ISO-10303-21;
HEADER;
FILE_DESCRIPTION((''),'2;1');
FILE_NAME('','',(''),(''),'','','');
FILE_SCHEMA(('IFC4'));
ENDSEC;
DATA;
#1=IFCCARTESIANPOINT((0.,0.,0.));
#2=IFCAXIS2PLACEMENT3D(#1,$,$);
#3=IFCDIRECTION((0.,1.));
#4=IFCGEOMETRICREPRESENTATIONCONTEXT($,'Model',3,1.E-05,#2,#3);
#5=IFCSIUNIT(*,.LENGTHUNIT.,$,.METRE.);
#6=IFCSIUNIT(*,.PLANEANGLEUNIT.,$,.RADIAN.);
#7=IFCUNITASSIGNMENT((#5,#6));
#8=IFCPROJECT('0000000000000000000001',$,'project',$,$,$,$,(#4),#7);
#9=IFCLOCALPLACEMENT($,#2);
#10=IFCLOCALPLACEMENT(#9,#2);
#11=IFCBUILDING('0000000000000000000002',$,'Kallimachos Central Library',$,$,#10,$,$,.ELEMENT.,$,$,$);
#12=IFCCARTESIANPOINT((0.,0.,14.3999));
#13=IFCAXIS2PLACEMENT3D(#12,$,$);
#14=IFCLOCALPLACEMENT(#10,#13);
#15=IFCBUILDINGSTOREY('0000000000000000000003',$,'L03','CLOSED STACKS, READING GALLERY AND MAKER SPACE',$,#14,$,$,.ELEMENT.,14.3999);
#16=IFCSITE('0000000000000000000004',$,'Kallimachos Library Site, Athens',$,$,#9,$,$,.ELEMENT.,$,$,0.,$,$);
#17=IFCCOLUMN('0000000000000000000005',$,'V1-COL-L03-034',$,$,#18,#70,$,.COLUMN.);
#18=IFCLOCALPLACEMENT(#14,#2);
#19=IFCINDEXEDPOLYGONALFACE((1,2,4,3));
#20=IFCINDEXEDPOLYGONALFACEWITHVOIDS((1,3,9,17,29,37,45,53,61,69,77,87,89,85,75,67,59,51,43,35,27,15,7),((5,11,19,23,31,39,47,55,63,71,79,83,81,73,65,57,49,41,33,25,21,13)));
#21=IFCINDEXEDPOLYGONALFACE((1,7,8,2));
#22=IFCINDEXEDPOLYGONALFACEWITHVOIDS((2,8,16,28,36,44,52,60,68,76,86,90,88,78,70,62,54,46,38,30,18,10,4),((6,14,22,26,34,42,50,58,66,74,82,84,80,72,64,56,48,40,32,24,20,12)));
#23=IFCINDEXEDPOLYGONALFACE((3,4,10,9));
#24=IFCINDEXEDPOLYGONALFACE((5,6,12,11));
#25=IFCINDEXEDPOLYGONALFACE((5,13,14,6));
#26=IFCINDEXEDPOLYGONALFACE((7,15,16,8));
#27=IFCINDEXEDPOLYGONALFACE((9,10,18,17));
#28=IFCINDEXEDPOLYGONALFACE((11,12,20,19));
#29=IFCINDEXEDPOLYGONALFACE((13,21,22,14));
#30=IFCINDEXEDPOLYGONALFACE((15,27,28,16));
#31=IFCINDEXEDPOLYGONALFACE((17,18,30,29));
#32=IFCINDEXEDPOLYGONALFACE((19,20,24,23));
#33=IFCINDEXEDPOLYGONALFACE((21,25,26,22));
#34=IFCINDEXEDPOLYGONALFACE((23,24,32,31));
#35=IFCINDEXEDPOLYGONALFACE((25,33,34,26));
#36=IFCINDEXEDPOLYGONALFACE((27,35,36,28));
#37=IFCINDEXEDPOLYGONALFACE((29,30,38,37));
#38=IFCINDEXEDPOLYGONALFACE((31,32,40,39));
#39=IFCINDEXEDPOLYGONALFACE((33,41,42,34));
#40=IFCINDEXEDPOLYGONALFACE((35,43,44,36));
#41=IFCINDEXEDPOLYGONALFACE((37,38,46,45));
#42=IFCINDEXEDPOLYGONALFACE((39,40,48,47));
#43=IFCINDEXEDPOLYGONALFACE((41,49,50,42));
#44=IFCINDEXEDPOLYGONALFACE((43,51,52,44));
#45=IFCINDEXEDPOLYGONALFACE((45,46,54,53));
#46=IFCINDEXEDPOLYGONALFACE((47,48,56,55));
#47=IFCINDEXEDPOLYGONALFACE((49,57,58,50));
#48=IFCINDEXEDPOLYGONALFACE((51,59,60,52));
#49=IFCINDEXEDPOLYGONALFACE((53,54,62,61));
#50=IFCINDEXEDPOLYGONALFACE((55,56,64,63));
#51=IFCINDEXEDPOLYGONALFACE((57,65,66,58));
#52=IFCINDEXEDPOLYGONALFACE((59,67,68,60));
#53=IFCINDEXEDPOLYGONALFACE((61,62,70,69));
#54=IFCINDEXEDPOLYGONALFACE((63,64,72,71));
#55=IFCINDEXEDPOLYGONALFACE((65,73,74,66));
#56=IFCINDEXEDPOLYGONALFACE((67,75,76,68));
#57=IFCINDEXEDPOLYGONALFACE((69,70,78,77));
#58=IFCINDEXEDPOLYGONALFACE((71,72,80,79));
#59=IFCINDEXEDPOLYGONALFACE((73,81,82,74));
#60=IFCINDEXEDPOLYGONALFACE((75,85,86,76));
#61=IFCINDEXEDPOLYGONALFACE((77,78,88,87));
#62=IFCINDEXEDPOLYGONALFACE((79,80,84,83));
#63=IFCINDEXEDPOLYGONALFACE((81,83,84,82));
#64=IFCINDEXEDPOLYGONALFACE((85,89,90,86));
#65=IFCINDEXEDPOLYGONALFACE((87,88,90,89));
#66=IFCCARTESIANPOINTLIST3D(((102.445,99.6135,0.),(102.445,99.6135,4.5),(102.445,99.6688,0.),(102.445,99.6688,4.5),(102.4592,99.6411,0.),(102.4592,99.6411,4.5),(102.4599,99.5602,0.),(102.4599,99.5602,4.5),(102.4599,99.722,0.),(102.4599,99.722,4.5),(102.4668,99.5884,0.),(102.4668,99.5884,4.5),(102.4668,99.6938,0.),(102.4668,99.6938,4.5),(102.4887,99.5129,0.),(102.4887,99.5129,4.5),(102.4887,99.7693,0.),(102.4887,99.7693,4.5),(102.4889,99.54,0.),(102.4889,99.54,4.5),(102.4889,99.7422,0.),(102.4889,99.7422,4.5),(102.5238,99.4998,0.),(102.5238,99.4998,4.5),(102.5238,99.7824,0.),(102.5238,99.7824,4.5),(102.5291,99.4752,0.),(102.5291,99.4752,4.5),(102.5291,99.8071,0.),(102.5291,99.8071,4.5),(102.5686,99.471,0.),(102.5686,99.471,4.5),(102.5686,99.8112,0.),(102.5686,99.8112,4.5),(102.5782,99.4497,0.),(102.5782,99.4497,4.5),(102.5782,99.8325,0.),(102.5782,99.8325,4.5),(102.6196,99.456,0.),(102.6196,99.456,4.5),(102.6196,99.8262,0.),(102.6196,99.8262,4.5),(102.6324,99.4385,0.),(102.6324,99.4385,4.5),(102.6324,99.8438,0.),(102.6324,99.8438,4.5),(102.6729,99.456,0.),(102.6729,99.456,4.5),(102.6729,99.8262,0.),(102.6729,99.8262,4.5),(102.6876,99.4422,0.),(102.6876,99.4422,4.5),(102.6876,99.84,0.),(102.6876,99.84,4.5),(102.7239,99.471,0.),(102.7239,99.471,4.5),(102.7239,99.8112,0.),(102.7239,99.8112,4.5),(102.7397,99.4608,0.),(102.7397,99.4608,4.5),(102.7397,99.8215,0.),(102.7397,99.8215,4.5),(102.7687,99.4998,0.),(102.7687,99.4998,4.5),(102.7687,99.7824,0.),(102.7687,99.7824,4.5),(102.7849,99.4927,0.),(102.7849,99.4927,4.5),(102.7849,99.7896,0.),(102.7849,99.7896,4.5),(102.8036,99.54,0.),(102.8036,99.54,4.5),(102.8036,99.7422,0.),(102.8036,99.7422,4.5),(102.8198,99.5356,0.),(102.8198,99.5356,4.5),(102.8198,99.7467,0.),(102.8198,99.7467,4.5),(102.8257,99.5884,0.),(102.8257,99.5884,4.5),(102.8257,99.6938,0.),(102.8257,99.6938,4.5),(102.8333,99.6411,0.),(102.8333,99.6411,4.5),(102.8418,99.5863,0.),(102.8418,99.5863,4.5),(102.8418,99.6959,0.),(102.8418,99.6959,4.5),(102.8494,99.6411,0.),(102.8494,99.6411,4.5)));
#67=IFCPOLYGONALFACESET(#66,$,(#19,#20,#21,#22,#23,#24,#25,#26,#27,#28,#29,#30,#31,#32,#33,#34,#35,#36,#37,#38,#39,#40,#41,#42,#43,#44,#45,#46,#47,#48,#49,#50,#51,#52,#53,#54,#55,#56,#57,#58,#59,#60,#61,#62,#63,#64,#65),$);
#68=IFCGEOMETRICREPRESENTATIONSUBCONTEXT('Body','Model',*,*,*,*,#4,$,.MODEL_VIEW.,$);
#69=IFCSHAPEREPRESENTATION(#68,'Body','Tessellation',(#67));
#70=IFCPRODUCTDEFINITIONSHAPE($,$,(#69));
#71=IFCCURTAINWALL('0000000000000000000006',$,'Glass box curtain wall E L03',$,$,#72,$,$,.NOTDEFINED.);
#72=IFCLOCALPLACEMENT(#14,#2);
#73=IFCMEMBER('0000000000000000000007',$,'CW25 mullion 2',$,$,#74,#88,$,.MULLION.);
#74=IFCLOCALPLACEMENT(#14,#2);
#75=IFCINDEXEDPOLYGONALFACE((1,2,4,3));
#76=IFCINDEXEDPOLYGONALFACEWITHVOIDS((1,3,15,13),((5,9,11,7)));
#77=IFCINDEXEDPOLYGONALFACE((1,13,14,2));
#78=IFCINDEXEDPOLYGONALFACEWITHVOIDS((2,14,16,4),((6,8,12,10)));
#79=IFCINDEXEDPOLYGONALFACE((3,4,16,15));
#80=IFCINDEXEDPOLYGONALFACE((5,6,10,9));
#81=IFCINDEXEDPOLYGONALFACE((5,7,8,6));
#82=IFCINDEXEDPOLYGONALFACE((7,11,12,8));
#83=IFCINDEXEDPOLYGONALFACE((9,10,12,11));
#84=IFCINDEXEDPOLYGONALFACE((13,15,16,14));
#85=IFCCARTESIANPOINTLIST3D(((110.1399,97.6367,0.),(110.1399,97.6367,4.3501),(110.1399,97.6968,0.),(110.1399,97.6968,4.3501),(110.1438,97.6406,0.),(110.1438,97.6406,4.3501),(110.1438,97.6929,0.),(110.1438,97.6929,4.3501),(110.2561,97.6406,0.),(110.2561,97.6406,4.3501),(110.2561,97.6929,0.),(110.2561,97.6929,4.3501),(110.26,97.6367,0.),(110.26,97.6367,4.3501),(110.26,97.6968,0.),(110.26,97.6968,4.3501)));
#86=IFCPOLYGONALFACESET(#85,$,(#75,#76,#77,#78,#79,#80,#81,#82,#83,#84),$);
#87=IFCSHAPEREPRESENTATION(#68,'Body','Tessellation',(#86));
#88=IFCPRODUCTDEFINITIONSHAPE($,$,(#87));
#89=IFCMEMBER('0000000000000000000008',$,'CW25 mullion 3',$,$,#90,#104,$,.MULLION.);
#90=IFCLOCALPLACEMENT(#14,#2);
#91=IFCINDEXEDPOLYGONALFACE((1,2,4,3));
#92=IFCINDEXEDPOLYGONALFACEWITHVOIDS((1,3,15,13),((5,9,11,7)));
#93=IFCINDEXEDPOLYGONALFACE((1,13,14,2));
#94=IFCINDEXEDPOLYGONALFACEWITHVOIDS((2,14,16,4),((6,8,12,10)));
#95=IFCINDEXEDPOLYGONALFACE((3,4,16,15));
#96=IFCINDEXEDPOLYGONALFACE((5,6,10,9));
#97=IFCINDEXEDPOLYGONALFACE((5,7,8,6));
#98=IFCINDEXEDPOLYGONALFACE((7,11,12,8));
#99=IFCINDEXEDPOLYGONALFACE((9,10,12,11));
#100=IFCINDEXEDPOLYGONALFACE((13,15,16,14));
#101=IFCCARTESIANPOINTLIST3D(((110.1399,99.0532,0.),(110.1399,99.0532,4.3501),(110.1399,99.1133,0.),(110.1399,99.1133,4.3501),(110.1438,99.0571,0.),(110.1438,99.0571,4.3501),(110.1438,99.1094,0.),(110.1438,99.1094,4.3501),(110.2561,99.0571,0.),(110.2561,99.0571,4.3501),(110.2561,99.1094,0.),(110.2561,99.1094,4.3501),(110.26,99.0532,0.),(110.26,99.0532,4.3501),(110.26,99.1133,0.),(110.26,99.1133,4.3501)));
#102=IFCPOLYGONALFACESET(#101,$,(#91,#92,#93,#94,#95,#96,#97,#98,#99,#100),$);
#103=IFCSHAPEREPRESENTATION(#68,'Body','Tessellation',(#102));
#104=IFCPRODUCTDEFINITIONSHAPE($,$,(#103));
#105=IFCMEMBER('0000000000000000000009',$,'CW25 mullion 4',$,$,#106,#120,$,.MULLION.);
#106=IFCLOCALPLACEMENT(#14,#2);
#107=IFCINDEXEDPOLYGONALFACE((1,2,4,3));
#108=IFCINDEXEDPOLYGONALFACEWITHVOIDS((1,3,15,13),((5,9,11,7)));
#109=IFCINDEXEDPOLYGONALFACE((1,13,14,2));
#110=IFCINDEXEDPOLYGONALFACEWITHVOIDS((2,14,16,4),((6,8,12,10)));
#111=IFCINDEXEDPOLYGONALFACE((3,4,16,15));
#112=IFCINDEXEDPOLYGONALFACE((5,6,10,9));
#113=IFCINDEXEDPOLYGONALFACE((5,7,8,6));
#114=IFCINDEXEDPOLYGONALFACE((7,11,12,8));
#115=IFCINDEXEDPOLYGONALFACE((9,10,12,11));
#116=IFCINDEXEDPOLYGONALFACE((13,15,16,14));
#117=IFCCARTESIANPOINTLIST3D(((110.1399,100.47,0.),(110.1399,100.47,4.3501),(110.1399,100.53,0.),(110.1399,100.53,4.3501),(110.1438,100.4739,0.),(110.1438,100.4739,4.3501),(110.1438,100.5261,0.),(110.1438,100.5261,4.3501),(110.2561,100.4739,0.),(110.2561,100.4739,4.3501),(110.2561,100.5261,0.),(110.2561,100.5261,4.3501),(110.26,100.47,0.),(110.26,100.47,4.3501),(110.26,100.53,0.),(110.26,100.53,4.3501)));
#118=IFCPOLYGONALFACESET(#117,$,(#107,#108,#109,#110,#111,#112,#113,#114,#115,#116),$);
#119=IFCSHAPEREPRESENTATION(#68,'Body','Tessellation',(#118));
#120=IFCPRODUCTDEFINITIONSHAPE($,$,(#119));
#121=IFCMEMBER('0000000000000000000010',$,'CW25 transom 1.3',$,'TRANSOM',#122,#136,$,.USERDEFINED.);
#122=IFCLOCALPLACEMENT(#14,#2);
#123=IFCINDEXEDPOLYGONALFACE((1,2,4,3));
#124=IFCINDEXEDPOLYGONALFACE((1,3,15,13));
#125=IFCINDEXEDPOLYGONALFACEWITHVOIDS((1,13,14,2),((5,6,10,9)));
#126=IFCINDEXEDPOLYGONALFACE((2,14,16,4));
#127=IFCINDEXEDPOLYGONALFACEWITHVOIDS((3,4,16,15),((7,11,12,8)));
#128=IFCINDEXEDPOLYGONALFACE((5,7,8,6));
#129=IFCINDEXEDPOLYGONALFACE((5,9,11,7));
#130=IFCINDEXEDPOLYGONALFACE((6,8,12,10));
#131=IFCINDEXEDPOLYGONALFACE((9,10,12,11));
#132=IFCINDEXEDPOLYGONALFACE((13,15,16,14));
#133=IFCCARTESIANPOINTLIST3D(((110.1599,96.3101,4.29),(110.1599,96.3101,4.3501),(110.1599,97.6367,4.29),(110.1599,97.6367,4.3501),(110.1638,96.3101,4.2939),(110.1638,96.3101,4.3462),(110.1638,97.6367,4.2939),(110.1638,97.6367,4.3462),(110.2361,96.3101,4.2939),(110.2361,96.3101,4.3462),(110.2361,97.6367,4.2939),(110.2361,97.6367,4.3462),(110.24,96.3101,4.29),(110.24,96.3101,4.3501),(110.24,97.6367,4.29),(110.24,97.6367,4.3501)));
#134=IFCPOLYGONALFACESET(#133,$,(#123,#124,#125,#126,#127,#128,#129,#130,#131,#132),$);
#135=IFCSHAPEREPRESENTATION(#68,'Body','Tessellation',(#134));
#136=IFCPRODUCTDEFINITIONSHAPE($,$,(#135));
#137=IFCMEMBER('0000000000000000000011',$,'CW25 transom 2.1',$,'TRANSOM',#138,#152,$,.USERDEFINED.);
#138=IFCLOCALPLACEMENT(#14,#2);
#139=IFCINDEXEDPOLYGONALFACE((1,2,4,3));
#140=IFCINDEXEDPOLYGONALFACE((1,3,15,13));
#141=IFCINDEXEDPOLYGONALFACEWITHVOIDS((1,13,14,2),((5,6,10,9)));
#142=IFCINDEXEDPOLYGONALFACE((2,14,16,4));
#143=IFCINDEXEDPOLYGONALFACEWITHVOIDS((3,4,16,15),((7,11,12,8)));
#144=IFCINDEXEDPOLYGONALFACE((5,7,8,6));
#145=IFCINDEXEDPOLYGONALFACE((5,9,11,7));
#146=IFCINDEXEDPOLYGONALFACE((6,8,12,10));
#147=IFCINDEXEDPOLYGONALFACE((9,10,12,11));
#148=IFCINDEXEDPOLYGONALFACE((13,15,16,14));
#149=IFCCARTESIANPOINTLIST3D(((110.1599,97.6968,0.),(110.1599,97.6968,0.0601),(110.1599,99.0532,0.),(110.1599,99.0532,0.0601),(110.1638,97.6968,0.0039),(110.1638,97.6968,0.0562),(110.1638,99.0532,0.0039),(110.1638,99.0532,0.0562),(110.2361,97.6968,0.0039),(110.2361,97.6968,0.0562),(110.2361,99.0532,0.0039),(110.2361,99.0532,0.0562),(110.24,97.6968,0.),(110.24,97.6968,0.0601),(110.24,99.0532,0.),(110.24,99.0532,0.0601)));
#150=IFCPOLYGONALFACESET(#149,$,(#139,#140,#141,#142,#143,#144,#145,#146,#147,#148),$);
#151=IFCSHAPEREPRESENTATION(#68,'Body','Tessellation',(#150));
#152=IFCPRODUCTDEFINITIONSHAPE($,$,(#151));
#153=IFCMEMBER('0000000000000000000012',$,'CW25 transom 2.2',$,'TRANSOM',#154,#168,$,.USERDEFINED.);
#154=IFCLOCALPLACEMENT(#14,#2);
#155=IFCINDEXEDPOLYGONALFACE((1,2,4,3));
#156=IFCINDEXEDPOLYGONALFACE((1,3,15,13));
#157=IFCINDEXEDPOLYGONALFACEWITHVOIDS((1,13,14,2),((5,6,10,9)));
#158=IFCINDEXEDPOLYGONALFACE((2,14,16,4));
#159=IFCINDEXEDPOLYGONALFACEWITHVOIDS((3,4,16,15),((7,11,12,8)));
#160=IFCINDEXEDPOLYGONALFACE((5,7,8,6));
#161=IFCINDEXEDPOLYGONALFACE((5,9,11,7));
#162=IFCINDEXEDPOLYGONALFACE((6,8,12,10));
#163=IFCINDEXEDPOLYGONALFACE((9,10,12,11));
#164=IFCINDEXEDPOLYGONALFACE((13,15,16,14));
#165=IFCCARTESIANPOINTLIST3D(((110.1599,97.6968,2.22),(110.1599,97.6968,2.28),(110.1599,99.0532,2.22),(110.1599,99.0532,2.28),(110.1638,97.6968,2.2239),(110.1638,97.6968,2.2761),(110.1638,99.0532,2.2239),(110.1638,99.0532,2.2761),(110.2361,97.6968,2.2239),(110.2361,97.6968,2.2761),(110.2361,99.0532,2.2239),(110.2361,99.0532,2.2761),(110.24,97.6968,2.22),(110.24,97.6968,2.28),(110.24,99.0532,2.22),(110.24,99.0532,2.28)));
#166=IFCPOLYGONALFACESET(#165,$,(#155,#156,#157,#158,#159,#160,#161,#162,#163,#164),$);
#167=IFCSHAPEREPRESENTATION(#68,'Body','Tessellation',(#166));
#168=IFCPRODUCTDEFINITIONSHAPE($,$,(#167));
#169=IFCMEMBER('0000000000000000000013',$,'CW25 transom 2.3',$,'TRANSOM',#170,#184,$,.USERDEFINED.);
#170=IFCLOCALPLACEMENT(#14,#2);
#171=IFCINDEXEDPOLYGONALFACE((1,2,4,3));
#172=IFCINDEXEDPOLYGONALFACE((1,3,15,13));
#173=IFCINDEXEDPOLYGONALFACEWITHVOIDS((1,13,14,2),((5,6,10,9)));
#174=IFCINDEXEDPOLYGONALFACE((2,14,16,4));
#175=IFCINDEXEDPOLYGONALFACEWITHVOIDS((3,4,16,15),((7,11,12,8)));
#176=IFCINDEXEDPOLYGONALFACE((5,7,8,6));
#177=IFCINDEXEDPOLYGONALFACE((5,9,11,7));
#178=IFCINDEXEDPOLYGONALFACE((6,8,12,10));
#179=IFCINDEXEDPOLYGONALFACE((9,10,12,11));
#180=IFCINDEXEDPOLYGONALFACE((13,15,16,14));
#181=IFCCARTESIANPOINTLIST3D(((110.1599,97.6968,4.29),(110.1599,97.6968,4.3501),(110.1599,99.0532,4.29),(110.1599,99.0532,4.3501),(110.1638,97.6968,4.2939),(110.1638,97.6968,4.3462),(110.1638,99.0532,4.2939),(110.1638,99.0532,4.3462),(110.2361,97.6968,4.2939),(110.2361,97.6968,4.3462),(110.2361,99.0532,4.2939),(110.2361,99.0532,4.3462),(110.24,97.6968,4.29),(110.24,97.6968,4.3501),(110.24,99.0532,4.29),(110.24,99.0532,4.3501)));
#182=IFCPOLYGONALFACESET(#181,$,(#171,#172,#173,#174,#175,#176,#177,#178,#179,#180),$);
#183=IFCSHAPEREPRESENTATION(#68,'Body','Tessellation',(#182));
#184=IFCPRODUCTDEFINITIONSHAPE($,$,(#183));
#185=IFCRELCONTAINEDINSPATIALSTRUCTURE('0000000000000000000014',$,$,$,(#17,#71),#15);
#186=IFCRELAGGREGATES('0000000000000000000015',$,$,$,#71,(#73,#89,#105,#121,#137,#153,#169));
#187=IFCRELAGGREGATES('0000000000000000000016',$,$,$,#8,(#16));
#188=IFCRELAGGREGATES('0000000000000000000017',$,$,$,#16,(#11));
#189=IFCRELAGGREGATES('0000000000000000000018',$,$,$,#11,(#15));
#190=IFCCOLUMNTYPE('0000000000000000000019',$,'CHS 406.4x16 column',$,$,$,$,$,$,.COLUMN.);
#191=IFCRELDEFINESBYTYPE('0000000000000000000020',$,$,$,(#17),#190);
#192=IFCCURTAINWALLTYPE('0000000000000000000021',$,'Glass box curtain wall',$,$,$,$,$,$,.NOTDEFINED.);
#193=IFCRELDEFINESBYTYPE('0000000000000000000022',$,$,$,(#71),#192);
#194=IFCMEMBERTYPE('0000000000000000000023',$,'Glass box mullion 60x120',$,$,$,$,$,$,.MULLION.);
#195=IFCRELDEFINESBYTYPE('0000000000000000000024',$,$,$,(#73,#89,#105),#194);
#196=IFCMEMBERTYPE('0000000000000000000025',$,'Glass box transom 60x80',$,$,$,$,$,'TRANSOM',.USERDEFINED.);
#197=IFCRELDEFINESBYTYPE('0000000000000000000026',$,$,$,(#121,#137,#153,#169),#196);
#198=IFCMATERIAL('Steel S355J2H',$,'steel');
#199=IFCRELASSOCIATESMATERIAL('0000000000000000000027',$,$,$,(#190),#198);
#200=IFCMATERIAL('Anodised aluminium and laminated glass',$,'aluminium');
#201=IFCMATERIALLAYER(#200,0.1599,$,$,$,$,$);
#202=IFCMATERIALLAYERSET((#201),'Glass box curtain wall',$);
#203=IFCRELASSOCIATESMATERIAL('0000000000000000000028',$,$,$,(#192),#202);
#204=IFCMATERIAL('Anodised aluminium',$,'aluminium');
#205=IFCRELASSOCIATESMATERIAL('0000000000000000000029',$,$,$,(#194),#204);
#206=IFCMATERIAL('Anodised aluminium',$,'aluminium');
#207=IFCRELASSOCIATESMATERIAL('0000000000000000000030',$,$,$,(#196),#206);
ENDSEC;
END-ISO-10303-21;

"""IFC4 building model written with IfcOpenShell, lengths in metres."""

from ifc_helpers import new_model, si_unit, direction, frame, origin, origin_2d, place, context, subcontext, project, spatial, hollow_rectangle, hollow_circle, extrude, material, layer, layer_set, material_profile, profile_set, type_object, element, aggregate, save


model = new_model("IFC4")

# Units and contexts
model_context = context("Model", 3, precision=1e-05, world=origin(), true_north=direction((0.0, 1.0)))
body_context = subcontext(model_context, "Body", "Model", "MODEL_VIEW")
ifc_project = project(units=[si_unit("LENGTHUNIT", "METRE"), si_unit("PLANEANGLEUNIT", "RADIAN")], contexts=[model_context])

# Site, building, storey
site_placement = place(None, origin())
site = spatial("IfcSite", under=ifc_project, at=site_placement, Name="Kallimachos Library Site, Athens", CompositionType="ELEMENT", RefElevation=0.0)
building_placement = place(site_placement, origin())
building = spatial("IfcBuilding", under=site, at=building_placement, Name="Kallimachos Central Library", CompositionType="ELEMENT")
storey_placement = place(building_placement, frame((0.0, 0.0, 14.3999)))
storey = spatial("IfcBuildingStorey", under=building, at=storey_placement, Name="L03", Description="CLOSED STACKS, READING GALLERY AND MAKER SPACE", CompositionType="ELEMENT", Elevation=14.3999)

# Column
ifc_material_1 = material(Name="Steel S355J2H", Category="steel")
ifc_material_profile_1 = material_profile(ifc_material_1, hollow_circle(Radius=0.2031, WallThickness=0.0161, at=origin_2d()), Name="CHS 406.4x16")
ifc_profile_set_1 = profile_set([ifc_material_profile_1], Name="Steel S355J2H")
column_type = type_object("IfcColumnType", Name="CHS 406.4x16 column", PredefinedType="COLUMN", material=ifc_profile_set_1)
column_placement = place(storey_placement, frame((102.6462, 99.6411, 0.0), z_axis=(0.0, 0.0, 1.0), x_axis=(1.0, 0.0, 0.0)))
element("IfcColumn", 1, at=column_placement, inside=storey, type_object=column_type, Name="V1-COL-L03-034", PredefinedType="COLUMN", context=body_context, shape_type="SweptSolid", body=[
    extrude(hollow_circle(Radius=0.2031, WallThickness=0.0161, at=origin_2d()), origin(), (0.0, 0.0, 1.0), 4.5),
])

# Curtain wall, members
ifc_material_2 = material(Name="Anodised aluminium and laminated glass", Category="aluminium")
ifc_layer_1 = layer(ifc_material_2, 0.1599)
ifc_layer_set_1 = layer_set([ifc_layer_1], Name="Glass box curtain wall")
curtain_wall_type = type_object("IfcCurtainWallType", Name="Glass box curtain wall", PredefinedType="NOTDEFINED", material=ifc_layer_set_1)
curtain_wall_placement = place(storey_placement, origin())
curtain_wall = element("IfcCurtainWall", 2, at=curtain_wall_placement, inside=storey, type_object=curtain_wall_type, Name="Glass box curtain wall E L03", PredefinedType="NOTDEFINED")
ifc_material_3 = material(Name="Anodised aluminium", Category="aluminium")
ifc_material_profile_2 = material_profile(ifc_material_3, hollow_rectangle(XDim=0.0601, YDim=0.1201, WallThickness=0.0039, at=origin_2d()), Name="ALU MULLION 60x120")
ifc_profile_set_2 = profile_set([ifc_material_profile_2], Name="Anodised aluminium")
member_type_1 = type_object("IfcMemberType", Name="Glass box mullion 60x120", PredefinedType="MULLION", material=ifc_profile_set_2)
member_1_placement = place(storey_placement, frame((110.2, 97.6667, 0.0), z_axis=(0.0, 0.0, 1.0), x_axis=(0.0, 1.0, 0.0)))
member_1 = element("IfcMember", 3, at=member_1_placement, type_object=member_type_1, Name="CW25 mullion 2", PredefinedType="MULLION", context=body_context, shape_type="SweptSolid", body=[
    extrude(hollow_rectangle(XDim=0.0601, YDim=0.1201, WallThickness=0.0039, at=origin_2d()), origin(), (0.0, 0.0, 1.0), 4.3501),
])
member_2_placement = place(storey_placement, frame((110.2, 99.0833, 0.0), z_axis=(0.0, 0.0, 1.0), x_axis=(0.0, 1.0, 0.0)))
member_2 = element("IfcMember", 4, at=member_2_placement, type_object=member_type_1, Name="CW25 mullion 3", PredefinedType="MULLION", context=body_context, shape_type="SweptSolid", body=[
    extrude(hollow_rectangle(XDim=0.0601, YDim=0.1201, WallThickness=0.0039, at=origin_2d()), origin(), (0.0, 0.0, 1.0), 4.3501),
])
member_3_placement = place(storey_placement, frame((110.2, 100.5, 0.0), z_axis=(0.0, 0.0, 1.0), x_axis=(0.0, 1.0, 0.0)))
member_3 = element("IfcMember", 5, at=member_3_placement, type_object=member_type_1, Name="CW25 mullion 4", PredefinedType="MULLION", context=body_context, shape_type="SweptSolid", body=[
    extrude(hollow_rectangle(XDim=0.0601, YDim=0.1201, WallThickness=0.0039, at=origin_2d()), origin(), (0.0, 0.0, 1.0), 4.3501),
])
ifc_material_4 = material(Name="Anodised aluminium", Category="aluminium")
ifc_material_profile_3 = material_profile(ifc_material_4, hollow_rectangle(XDim=0.0601, YDim=0.0801, WallThickness=0.0039, at=origin_2d()), Name="ALU TRANSOM 60x80")
ifc_profile_set_3 = profile_set([ifc_material_profile_3], Name="Anodised aluminium")
member_type_2 = type_object("IfcMemberType", Name="Glass box transom 60x80", ElementType="TRANSOM", PredefinedType="USERDEFINED", material=ifc_profile_set_3)
member_4_placement = place(storey_placement, frame((110.2, 96.3101, 4.3201), z_axis=(0.0, 1.0, 0.0), x_axis=(0.0, 0.0, 1.0)))
member_4 = element("IfcMember", 6, at=member_4_placement, type_object=member_type_2, Name="CW25 transom 1.3", ObjectType="TRANSOM", PredefinedType="USERDEFINED", context=body_context, shape_type="SweptSolid", body=[
    extrude(hollow_rectangle(XDim=0.0601, YDim=0.0801, WallThickness=0.0039, at=origin_2d()), origin(), (0.0, 0.0, 1.0), 1.3267),
])
member_5_placement = place(storey_placement, frame((110.2, 97.6968, 0.03), z_axis=(0.0, 1.0, 0.0), x_axis=(0.0, 0.0, 1.0)))
member_5 = element("IfcMember", 7, at=member_5_placement, type_object=member_type_2, Name="CW25 transom 2.1", ObjectType="TRANSOM", PredefinedType="USERDEFINED", context=body_context, shape_type="SweptSolid", body=[
    extrude(hollow_rectangle(XDim=0.0601, YDim=0.0801, WallThickness=0.0039, at=origin_2d()), origin(), (0.0, 0.0, 1.0), 1.3564),
])
member_6_placement = place(storey_placement, frame((110.2, 97.6968, 2.25), z_axis=(0.0, 1.0, 0.0), x_axis=(0.0, 0.0, 1.0)))
member_6 = element("IfcMember", 8, at=member_6_placement, type_object=member_type_2, Name="CW25 transom 2.2", ObjectType="TRANSOM", PredefinedType="USERDEFINED", context=body_context, shape_type="SweptSolid", body=[
    extrude(hollow_rectangle(XDim=0.0601, YDim=0.0801, WallThickness=0.0039, at=origin_2d()), origin(), (0.0, 0.0, 1.0), 1.3564),
])
member_7_placement = place(storey_placement, frame((110.2, 97.6968, 4.3201), z_axis=(0.0, 1.0, 0.0), x_axis=(0.0, 0.0, 1.0)))
member_7 = element("IfcMember", 9, at=member_7_placement, type_object=member_type_2, Name="CW25 transom 2.3", ObjectType="TRANSOM", PredefinedType="USERDEFINED", context=body_context, shape_type="SweptSolid", body=[
    extrude(hollow_rectangle(XDim=0.0601, YDim=0.0801, WallThickness=0.0039, at=origin_2d()), origin(), (0.0, 0.0, 1.0), 1.3564),
])

aggregate(curtain_wall, [member_1, member_2, member_3, member_4, member_5, member_6, member_7])

save(model, "model.ifc")
